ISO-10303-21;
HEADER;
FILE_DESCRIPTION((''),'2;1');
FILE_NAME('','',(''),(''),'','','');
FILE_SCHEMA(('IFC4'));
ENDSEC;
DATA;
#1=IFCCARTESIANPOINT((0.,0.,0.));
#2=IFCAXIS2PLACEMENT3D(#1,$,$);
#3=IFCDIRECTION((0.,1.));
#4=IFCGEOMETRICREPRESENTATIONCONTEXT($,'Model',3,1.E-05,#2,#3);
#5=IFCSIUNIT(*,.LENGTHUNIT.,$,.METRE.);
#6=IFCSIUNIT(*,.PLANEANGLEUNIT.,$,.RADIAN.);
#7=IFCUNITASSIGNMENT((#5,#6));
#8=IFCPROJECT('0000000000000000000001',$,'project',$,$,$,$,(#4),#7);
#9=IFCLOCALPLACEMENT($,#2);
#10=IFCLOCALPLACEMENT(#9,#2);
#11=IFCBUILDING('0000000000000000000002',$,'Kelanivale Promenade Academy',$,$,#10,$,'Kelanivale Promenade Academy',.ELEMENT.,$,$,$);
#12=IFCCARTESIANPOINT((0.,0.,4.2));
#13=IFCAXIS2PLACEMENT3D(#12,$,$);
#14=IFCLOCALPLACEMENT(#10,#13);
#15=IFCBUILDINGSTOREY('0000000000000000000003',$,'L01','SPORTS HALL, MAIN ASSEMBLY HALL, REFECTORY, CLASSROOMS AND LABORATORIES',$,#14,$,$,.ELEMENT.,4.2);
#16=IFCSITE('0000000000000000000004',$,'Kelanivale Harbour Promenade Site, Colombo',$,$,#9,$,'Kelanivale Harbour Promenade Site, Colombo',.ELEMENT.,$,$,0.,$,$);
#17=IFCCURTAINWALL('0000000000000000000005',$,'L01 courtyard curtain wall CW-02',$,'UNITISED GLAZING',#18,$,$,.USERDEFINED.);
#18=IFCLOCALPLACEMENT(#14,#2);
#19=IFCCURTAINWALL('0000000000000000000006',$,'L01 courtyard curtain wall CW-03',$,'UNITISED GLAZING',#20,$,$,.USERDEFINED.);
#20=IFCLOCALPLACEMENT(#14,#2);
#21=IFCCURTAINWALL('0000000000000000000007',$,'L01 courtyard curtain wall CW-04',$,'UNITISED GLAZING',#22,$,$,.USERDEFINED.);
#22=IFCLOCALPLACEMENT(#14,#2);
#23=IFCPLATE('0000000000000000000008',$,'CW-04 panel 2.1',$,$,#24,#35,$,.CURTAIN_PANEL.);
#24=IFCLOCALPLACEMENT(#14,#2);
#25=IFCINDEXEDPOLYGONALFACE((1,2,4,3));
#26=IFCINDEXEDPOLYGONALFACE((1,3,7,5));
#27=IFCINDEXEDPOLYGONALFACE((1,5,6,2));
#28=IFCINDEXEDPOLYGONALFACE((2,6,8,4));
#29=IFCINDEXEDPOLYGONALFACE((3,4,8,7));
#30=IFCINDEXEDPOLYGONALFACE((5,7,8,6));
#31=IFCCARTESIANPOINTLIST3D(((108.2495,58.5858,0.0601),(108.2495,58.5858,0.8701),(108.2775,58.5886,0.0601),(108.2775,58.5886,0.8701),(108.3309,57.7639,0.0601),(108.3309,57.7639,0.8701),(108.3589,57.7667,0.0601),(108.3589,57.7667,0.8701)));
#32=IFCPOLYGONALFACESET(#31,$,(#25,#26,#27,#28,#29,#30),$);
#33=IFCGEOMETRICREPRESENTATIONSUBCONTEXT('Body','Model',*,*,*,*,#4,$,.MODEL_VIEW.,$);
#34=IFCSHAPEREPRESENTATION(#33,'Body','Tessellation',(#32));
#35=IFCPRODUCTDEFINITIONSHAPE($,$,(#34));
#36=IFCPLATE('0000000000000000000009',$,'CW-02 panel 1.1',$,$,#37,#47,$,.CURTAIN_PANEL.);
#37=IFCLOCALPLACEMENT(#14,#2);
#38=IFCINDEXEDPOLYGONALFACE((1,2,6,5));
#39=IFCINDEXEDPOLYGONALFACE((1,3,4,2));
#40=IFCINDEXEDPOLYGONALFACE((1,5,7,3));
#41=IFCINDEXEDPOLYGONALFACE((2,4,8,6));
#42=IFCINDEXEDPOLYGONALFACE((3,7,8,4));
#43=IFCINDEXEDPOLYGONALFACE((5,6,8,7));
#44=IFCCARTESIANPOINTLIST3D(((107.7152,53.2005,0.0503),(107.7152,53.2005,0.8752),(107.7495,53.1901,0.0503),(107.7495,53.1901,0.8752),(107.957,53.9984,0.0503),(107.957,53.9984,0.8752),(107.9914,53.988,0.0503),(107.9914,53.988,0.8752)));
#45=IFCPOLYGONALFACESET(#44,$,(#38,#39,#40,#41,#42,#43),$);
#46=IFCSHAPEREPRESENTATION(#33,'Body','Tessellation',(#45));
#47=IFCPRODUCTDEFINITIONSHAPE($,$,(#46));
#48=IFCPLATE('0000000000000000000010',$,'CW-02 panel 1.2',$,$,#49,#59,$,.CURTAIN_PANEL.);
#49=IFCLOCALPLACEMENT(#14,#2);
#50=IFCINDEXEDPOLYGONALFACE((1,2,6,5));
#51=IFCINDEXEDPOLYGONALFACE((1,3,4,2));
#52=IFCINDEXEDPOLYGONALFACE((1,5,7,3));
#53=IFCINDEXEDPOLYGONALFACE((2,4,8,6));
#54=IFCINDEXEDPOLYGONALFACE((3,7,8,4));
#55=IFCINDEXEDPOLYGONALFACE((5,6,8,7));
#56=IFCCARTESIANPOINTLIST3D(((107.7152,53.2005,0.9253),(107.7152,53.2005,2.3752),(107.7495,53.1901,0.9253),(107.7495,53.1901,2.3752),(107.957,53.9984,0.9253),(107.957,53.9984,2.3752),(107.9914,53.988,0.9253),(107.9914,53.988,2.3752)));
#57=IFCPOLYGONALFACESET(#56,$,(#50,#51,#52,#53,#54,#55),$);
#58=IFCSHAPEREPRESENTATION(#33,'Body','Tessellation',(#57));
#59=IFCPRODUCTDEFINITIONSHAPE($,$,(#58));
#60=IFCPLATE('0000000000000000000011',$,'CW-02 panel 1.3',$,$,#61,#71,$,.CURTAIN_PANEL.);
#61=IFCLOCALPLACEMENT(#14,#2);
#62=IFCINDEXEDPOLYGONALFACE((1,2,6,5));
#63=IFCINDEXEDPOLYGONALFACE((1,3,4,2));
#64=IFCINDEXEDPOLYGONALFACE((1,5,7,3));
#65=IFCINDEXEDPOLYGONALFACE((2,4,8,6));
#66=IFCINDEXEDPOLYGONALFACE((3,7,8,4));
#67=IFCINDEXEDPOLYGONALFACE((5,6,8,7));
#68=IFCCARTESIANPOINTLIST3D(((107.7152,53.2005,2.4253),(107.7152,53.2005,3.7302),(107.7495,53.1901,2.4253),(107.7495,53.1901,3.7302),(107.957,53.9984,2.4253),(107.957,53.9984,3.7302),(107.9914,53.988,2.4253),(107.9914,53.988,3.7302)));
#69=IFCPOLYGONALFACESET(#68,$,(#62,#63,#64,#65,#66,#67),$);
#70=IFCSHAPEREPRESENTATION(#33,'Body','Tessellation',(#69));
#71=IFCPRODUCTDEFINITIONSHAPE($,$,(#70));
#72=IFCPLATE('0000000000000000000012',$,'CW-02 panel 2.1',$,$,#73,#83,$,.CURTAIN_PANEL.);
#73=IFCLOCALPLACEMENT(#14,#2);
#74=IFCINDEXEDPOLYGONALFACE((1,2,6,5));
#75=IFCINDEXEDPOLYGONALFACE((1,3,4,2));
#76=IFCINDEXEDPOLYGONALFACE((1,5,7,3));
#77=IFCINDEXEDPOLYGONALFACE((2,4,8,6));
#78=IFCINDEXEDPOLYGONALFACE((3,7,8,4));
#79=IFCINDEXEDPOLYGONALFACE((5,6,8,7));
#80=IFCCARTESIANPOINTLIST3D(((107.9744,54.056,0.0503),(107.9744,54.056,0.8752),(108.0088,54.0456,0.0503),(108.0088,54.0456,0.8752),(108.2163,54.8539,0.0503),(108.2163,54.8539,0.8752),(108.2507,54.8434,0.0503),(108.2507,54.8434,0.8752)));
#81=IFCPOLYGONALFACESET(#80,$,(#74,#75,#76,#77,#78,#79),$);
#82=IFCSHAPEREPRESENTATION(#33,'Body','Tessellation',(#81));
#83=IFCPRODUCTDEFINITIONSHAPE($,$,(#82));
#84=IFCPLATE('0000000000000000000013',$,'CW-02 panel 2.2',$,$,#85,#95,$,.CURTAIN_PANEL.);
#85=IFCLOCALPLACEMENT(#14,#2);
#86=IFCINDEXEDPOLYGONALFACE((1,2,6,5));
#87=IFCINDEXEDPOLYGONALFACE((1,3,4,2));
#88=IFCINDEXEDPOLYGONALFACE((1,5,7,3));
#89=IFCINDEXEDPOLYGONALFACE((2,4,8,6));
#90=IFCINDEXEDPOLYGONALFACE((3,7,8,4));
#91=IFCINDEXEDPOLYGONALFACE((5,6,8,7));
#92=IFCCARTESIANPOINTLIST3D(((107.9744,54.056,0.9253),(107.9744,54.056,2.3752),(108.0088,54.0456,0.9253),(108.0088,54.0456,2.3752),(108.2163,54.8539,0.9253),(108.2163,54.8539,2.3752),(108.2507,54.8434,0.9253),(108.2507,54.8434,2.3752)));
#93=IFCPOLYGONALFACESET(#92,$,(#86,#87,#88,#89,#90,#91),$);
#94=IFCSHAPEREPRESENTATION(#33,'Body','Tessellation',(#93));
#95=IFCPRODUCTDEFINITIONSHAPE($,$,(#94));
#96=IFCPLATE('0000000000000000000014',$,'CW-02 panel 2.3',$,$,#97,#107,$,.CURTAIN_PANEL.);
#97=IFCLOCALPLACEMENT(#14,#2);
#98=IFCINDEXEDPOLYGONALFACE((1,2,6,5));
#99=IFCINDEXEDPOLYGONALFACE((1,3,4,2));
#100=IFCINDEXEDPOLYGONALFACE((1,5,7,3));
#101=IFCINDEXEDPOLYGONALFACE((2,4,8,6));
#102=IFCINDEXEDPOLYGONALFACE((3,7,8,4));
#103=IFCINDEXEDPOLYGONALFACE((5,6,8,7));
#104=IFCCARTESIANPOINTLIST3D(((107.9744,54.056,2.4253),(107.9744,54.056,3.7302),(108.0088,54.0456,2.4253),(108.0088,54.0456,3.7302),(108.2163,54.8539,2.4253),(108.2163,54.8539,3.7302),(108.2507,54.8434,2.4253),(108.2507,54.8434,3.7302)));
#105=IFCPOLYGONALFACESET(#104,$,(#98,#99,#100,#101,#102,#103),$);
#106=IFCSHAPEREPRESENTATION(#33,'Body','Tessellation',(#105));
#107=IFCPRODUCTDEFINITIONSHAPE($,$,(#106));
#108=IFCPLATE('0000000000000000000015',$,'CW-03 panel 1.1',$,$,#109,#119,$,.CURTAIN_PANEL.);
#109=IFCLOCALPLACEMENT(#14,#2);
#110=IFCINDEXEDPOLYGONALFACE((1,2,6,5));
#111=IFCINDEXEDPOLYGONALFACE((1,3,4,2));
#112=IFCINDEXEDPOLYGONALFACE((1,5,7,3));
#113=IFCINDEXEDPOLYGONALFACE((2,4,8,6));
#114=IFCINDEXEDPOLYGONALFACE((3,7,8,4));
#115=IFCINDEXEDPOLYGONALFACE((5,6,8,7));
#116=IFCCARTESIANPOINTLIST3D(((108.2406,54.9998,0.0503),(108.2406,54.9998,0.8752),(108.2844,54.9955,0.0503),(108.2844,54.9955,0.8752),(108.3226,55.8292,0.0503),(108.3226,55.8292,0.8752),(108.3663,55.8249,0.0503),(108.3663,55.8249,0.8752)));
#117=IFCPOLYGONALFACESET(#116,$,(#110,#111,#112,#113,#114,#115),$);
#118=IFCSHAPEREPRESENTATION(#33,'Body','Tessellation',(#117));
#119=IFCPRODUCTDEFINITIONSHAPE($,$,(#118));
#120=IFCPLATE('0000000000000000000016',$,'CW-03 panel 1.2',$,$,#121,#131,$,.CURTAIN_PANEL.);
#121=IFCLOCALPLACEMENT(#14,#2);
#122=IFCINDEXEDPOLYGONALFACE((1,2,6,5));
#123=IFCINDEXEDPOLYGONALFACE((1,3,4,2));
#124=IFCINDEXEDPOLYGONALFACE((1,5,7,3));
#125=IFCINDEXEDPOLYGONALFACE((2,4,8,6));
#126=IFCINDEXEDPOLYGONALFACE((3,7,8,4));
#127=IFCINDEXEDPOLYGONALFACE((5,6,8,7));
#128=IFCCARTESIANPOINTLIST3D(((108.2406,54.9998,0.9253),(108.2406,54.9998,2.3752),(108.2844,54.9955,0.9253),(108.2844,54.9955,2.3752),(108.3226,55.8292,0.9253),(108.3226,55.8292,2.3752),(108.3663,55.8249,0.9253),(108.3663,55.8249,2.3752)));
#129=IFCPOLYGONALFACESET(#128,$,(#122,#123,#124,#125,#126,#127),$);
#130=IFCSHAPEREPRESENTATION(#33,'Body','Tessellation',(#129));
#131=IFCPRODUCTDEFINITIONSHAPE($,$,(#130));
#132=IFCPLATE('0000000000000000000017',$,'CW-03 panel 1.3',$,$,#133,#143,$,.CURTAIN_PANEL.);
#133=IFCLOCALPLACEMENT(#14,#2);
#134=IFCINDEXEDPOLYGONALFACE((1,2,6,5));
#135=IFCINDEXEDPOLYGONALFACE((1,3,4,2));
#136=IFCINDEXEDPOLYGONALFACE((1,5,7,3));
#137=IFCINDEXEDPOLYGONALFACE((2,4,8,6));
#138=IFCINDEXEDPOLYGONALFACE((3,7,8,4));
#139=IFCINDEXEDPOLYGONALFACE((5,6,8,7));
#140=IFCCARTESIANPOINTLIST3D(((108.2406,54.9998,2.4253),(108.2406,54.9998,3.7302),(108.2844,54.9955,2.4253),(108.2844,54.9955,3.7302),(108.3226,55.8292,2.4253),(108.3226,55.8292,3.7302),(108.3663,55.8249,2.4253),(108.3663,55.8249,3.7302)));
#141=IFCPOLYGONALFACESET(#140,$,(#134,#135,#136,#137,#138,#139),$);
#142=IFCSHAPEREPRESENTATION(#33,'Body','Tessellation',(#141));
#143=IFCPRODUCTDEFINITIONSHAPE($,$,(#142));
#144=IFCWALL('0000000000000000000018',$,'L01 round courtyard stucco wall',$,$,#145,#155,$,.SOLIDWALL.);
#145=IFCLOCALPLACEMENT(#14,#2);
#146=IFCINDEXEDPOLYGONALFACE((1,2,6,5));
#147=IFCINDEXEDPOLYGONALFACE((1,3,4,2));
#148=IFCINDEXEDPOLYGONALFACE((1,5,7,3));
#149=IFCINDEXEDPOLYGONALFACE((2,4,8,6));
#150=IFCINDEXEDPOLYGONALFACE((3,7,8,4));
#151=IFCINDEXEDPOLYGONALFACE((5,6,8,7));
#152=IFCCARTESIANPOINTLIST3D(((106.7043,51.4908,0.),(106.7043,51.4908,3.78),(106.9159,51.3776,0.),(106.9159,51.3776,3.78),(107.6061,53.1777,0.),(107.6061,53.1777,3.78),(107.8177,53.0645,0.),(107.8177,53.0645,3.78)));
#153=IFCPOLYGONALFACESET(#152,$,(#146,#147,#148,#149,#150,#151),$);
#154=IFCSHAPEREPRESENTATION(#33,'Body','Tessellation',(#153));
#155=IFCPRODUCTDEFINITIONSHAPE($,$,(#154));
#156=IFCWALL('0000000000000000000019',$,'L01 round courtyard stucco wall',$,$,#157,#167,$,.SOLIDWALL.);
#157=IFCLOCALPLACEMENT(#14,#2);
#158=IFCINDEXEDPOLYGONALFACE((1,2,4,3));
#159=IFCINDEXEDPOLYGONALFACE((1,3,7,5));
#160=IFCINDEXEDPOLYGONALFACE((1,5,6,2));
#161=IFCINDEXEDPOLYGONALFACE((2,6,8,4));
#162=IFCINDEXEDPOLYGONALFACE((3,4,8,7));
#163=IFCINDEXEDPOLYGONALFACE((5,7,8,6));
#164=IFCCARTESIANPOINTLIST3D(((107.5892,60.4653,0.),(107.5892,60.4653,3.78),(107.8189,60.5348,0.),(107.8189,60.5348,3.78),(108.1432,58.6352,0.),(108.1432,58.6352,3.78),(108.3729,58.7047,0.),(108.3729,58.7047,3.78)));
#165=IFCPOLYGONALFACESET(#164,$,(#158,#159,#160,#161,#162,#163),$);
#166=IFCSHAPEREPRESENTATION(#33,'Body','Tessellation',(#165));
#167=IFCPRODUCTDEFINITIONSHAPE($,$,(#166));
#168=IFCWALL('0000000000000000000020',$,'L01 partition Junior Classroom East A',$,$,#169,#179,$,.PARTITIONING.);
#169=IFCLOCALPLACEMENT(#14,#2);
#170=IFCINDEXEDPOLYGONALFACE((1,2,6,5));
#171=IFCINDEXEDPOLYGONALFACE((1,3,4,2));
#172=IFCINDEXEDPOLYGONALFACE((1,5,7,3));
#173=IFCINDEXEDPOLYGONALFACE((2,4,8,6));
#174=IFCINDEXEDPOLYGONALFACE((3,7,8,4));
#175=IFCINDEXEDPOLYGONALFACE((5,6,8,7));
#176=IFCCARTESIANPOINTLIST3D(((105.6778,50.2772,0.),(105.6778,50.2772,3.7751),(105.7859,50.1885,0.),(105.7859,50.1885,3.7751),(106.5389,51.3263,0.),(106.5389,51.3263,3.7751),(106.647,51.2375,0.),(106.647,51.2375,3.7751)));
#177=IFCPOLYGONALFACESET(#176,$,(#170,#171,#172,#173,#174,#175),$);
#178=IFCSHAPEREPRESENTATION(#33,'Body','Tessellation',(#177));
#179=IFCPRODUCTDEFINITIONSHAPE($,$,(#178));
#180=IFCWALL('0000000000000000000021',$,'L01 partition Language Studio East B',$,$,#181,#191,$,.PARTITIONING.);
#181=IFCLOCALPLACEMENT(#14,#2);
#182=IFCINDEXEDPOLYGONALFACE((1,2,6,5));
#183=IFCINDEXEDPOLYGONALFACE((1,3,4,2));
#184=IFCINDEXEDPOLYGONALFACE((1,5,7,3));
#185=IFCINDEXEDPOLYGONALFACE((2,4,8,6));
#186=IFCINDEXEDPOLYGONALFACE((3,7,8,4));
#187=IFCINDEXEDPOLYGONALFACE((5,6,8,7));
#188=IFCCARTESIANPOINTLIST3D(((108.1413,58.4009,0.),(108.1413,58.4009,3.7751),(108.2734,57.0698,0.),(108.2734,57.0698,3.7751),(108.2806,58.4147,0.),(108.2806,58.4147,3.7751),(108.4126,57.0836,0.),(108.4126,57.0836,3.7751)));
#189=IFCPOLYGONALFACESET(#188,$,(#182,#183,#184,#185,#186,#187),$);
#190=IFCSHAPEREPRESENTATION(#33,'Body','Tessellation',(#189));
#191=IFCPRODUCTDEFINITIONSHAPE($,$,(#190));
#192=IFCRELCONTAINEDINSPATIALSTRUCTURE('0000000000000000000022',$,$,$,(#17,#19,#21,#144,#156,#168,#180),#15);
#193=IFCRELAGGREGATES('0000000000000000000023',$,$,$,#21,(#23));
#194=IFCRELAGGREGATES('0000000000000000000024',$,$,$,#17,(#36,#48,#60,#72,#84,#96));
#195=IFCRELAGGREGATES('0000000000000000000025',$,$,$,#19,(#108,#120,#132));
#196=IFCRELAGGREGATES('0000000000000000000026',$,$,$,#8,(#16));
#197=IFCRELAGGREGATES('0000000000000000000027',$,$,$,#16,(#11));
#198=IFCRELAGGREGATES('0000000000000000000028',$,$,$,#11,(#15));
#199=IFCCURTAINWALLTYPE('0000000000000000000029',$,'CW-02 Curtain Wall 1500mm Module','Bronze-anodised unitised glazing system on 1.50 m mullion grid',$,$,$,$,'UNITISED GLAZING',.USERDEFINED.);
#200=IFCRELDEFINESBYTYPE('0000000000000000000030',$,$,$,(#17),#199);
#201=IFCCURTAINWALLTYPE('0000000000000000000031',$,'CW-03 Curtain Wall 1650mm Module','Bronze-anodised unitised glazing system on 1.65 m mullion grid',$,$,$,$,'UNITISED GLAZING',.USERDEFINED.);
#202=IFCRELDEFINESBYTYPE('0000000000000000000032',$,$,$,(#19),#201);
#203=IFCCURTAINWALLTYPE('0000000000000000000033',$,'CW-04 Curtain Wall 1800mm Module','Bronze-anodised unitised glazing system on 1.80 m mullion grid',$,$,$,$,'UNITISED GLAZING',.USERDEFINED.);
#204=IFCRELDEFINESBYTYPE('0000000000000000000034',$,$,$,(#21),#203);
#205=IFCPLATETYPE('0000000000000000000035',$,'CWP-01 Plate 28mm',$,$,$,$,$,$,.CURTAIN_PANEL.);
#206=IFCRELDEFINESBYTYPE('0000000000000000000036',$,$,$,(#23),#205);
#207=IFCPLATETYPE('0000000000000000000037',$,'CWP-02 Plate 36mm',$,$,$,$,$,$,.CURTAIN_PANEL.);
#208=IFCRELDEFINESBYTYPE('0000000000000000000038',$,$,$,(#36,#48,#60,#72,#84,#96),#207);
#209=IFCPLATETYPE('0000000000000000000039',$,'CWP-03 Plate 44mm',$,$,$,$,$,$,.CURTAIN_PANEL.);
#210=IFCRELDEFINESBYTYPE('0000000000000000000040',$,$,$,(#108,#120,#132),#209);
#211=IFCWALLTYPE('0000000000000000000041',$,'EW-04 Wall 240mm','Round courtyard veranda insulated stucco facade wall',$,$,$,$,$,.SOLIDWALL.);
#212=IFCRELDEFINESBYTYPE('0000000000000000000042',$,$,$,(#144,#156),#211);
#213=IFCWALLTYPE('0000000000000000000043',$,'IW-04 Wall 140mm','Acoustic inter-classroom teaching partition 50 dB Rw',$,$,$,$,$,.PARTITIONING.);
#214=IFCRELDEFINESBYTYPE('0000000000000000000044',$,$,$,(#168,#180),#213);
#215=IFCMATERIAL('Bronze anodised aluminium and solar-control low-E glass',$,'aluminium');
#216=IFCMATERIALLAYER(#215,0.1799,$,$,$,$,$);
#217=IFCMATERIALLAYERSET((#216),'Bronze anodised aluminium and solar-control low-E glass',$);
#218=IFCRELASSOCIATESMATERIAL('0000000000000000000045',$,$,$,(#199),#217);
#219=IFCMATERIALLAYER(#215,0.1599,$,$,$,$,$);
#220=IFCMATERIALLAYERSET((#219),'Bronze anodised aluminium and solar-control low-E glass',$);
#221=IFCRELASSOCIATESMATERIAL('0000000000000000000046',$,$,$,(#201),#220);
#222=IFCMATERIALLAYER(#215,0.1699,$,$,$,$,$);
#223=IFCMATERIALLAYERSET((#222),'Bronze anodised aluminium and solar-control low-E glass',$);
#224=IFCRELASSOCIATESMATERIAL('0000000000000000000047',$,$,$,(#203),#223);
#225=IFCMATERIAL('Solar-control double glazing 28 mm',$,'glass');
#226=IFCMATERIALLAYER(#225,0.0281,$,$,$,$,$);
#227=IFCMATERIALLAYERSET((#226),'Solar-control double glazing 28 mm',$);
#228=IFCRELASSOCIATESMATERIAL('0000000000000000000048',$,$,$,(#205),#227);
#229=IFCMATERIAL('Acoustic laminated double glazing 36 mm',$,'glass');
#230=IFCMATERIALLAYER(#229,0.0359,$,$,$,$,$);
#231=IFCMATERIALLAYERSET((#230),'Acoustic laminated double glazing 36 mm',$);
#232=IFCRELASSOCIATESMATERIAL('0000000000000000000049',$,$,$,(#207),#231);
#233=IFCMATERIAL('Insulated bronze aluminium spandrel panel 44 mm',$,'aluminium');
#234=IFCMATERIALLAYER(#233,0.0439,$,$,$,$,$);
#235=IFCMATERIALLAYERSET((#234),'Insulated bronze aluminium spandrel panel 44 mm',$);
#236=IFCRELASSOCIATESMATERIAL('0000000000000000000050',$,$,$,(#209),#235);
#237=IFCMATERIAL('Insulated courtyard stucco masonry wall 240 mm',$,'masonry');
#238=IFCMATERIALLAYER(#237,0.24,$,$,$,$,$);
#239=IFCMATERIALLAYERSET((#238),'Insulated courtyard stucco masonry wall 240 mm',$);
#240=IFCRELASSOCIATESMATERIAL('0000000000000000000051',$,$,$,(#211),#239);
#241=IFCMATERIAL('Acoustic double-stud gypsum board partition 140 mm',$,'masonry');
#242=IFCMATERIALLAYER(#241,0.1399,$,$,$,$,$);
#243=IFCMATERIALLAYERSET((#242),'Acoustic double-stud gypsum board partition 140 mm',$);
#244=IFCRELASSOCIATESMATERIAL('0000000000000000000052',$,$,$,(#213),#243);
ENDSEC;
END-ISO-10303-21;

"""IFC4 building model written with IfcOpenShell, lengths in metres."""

from ifc_helpers import new_model, si_unit, direction, frame, frame_2d, origin, origin_2d, place, context, subcontext, project, spatial, rectangle, extrude, material, layer, layer_set, type_object, element, aggregate, save


model = new_model("IFC4")

# Units and contexts
model_context = context("Model", 3, precision=1e-05, world=origin(), true_north=direction((0.0, 1.0)))
body_context = subcontext(model_context, "Body", "Model", "MODEL_VIEW")
ifc_project = project(units=[si_unit("LENGTHUNIT", "METRE"), si_unit("PLANEANGLEUNIT", "RADIAN")], contexts=[model_context])

# Site, building, storey
site_placement = place(None, origin())
site = spatial("IfcSite", under=ifc_project, at=site_placement, Name="Kelanivale Harbour Promenade Site, Colombo", LongName="Kelanivale Harbour Promenade Site, Colombo", CompositionType="ELEMENT", RefElevation=0.0)
building_placement = place(site_placement, origin())
building = spatial("IfcBuilding", under=site, at=building_placement, Name="Kelanivale Promenade Academy", LongName="Kelanivale Promenade Academy", CompositionType="ELEMENT")
storey_placement = place(building_placement, frame((0.0, 0.0, 4.2)))
storey = spatial("IfcBuildingStorey", under=building, at=storey_placement, Name="L01", Description="SPORTS HALL, MAIN ASSEMBLY HALL, REFECTORY, CLASSROOMS AND LABORATORIES", CompositionType="ELEMENT", Elevation=4.2)

# Shared definitions
ifc_material_1 = material(Name="Bronze anodised aluminium and solar-control low-E glass", Category="aluminium")

# Curtain wall
ifc_layer_1 = layer(ifc_material_1, 0.1799)
ifc_layer_set_1 = layer_set([ifc_layer_1], Name="Bronze anodised aluminium and solar-control low-E glass")
curtain_wall_type_1 = type_object("IfcCurtainWallType", Name="CW-02 Curtain Wall 1500mm Module", Description="Bronze-anodised unitised glazing system on 1.50 m mullion grid", ElementType="UNITISED GLAZING", PredefinedType="USERDEFINED", material=ifc_layer_set_1)
curtain_wall_1_placement = place(storey_placement, origin())
curtain_wall_1 = element("IfcCurtainWall", 1, at=curtain_wall_1_placement, inside=storey, type_object=curtain_wall_type_1, Name="L01 courtyard curtain wall CW-02", ObjectType="UNITISED GLAZING", PredefinedType="USERDEFINED")

# Curtain walls
ifc_layer_2 = layer(ifc_material_1, 0.1599)
ifc_layer_set_2 = layer_set([ifc_layer_2], Name="Bronze anodised aluminium and solar-control low-E glass")
curtain_wall_type_2 = type_object("IfcCurtainWallType", Name="CW-03 Curtain Wall 1650mm Module", Description="Bronze-anodised unitised glazing system on 1.65 m mullion grid", ElementType="UNITISED GLAZING", PredefinedType="USERDEFINED", material=ifc_layer_set_2)
curtain_wall_2_placement = place(storey_placement, origin())
curtain_wall_2 = element("IfcCurtainWall", 2, at=curtain_wall_2_placement, inside=storey, type_object=curtain_wall_type_2, Name="L01 courtyard curtain wall CW-03", ObjectType="UNITISED GLAZING", PredefinedType="USERDEFINED")
ifc_layer_3 = layer(ifc_material_1, 0.1699)
ifc_layer_set_3 = layer_set([ifc_layer_3], Name="Bronze anodised aluminium and solar-control low-E glass")
curtain_wall_type_3 = type_object("IfcCurtainWallType", Name="CW-04 Curtain Wall 1800mm Module", Description="Bronze-anodised unitised glazing system on 1.80 m mullion grid", ElementType="UNITISED GLAZING", PredefinedType="USERDEFINED", material=ifc_layer_set_3)
curtain_wall_3_placement = place(storey_placement, origin())
curtain_wall_3 = element("IfcCurtainWall", 3, at=curtain_wall_3_placement, inside=storey, type_object=curtain_wall_type_3, Name="L01 courtyard curtain wall CW-04", ObjectType="UNITISED GLAZING", PredefinedType="USERDEFINED")

# Plates
ifc_material_2 = material(Name="Solar-control double glazing 28 mm", Category="glass")
ifc_layer_4 = layer(ifc_material_2, 0.0281)
ifc_layer_set_4 = layer_set([ifc_layer_4], Name="Solar-control double glazing 28 mm")
plate_type_1 = type_object("IfcPlateType", Name="CWP-01 Plate 28mm", PredefinedType="CURTAIN_PANEL", material=ifc_layer_set_4)
plate_1_placement = place(storey_placement, frame((108.3042, 58.1763, 0.0601), z_axis=(0.0, 0.0, 1.0), x_axis=(-0.098539, 0.995133, 0.0)))
plate_1 = element("IfcPlate", 4, at=plate_1_placement, type_object=plate_type_1, Name="CW-04 panel 2.1", PredefinedType="CURTAIN_PANEL", context=body_context, shape_type="SweptSolid", body=[
    extrude(rectangle(XDim=0.8259, YDim=0.0281, at=origin_2d()), origin(), (0.0, 0.0, 1.0), 0.8101),
])
aggregate(curtain_wall_3, [plate_1])
ifc_material_3 = material(Name="Acoustic laminated double glazing 36 mm", Category="glass")
ifc_layer_5 = layer(ifc_material_3, 0.0359)
ifc_layer_set_5 = layer_set([ifc_layer_5], Name="Acoustic laminated double glazing 36 mm")
plate_type_2 = type_object("IfcPlateType", Name="CWP-02 Plate 36mm", PredefinedType="CURTAIN_PANEL", material=ifc_layer_set_5)
plate_2_placement = place(storey_placement, frame((107.8533, 53.5942, 0.0503), z_axis=(0.0, 0.0, 1.0), x_axis=(0.290128, 0.956988, 0.0)))
plate_2 = element("IfcPlate", 5, at=plate_2_placement, type_object=plate_type_2, Name="CW-02 panel 1.1", PredefinedType="CURTAIN_PANEL", context=body_context, shape_type="SweptSolid", body=[
    extrude(rectangle(XDim=0.8337, YDim=0.0359, at=origin_2d()), origin(), (0.0, 0.0, 1.0), 0.825),
])
plate_3_placement = place(storey_placement, frame((107.8533, 53.5942, 0.9253), z_axis=(0.0, 0.0, 1.0), x_axis=(0.290128, 0.956988, 0.0)))
plate_3 = element("IfcPlate", 6, at=plate_3_placement, type_object=plate_type_2, Name="CW-02 panel 1.2", PredefinedType="CURTAIN_PANEL", context=body_context, shape_type="SweptSolid", body=[
    extrude(rectangle(XDim=0.8337, YDim=0.0359, at=origin_2d()), origin(), (0.0, 0.0, 1.0), 1.45),
])
plate_4_placement = place(storey_placement, frame((107.8533, 53.5942, 2.4253), z_axis=(0.0, 0.0, 1.0), x_axis=(0.290128, 0.956988, 0.0)))
plate_4 = element("IfcPlate", 7, at=plate_4_placement, type_object=plate_type_2, Name="CW-02 panel 1.3", PredefinedType="CURTAIN_PANEL", context=body_context, shape_type="SweptSolid", body=[
    extrude(rectangle(XDim=0.8337, YDim=0.0359, at=origin_2d()), origin(), (0.0, 0.0, 1.0), 1.3049),
])
plate_5_placement = place(storey_placement, frame((108.1125, 54.4497, 0.0503), z_axis=(0.0, 0.0, 1.0), x_axis=(0.290128, 0.956988, 0.0)))
plate_5 = element("IfcPlate", 8, at=plate_5_placement, type_object=plate_type_2, Name="CW-02 panel 2.1", PredefinedType="CURTAIN_PANEL", context=body_context, shape_type="SweptSolid", body=[
    extrude(rectangle(XDim=0.8337, YDim=0.0359, at=origin_2d()), origin(), (0.0, 0.0, 1.0), 0.825),
])
plate_6_placement = place(storey_placement, frame((108.1125, 54.4497, 0.9253), z_axis=(0.0, 0.0, 1.0), x_axis=(0.290128, 0.956988, 0.0)))
plate_6 = element("IfcPlate", 9, at=plate_6_placement, type_object=plate_type_2, Name="CW-02 panel 2.2", PredefinedType="CURTAIN_PANEL", context=body_context, shape_type="SweptSolid", body=[
    extrude(rectangle(XDim=0.8337, YDim=0.0359, at=origin_2d()), origin(), (0.0, 0.0, 1.0), 1.45),
])
plate_7_placement = place(storey_placement, frame((108.1125, 54.4497, 2.4253), z_axis=(0.0, 0.0, 1.0), x_axis=(0.290128, 0.956988, 0.0)))
plate_7 = element("IfcPlate", 10, at=plate_7_placement, type_object=plate_type_2, Name="CW-02 panel 2.3", PredefinedType="CURTAIN_PANEL", context=body_context, shape_type="SweptSolid", body=[
    extrude(rectangle(XDim=0.8337, YDim=0.0359, at=origin_2d()), origin(), (0.0, 0.0, 1.0), 1.3049),
])
aggregate(curtain_wall_1, [plate_2, plate_3, plate_4, plate_5, plate_6, plate_7])
ifc_material_4 = material(Name="Insulated bronze aluminium spandrel panel 44 mm", Category="aluminium")
ifc_layer_6 = layer(ifc_material_4, 0.0439)
ifc_layer_set_6 = layer_set([ifc_layer_6], Name="Insulated bronze aluminium spandrel panel 44 mm")
plate_type_3 = type_object("IfcPlateType", Name="CWP-03 Plate 44mm", PredefinedType="CURTAIN_PANEL", material=ifc_layer_set_6)
plate_8_placement = place(storey_placement, frame((108.3035, 55.4124, 0.0503), z_axis=(0.0, 0.0, 1.0), x_axis=(0.098281, 0.995159, 0.0)))
plate_8 = element("IfcPlate", 11, at=plate_8_placement, type_object=plate_type_3, Name="CW-03 panel 1.1", PredefinedType="CURTAIN_PANEL", context=body_context, shape_type="SweptSolid", body=[
    extrude(rectangle(XDim=0.8335, YDim=0.0439, at=origin_2d()), origin(), (0.0, 0.0, 1.0), 0.825),
])
plate_9_placement = place(storey_placement, frame((108.3035, 55.4124, 0.9253), z_axis=(0.0, 0.0, 1.0), x_axis=(0.098281, 0.995159, 0.0)))
plate_9 = element("IfcPlate", 12, at=plate_9_placement, type_object=plate_type_3, Name="CW-03 panel 1.2", PredefinedType="CURTAIN_PANEL", context=body_context, shape_type="SweptSolid", body=[
    extrude(rectangle(XDim=0.8335, YDim=0.0439, at=origin_2d()), origin(), (0.0, 0.0, 1.0), 1.45),
])
plate_10_placement = place(storey_placement, frame((108.3035, 55.4124, 2.4253), z_axis=(0.0, 0.0, 1.0), x_axis=(0.098281, 0.995159, 0.0)))
plate_10 = element("IfcPlate", 13, at=plate_10_placement, type_object=plate_type_3, Name="CW-03 panel 1.3", PredefinedType="CURTAIN_PANEL", context=body_context, shape_type="SweptSolid", body=[
    extrude(rectangle(XDim=0.8335, YDim=0.0439, at=origin_2d()), origin(), (0.0, 0.0, 1.0), 1.3049),
])
aggregate(curtain_wall_2, [plate_8, plate_9, plate_10])

# Walls
ifc_material_5 = material(Name="Insulated courtyard stucco masonry wall 240 mm", Category="masonry")
ifc_layer_7 = layer(ifc_material_5, 0.24)
ifc_layer_set_7 = layer_set([ifc_layer_7], Name="Insulated courtyard stucco masonry wall 240 mm")
wall_type_1 = type_object("IfcWallType", Name="EW-04 Wall 240mm", Description="Round courtyard veranda insulated stucco facade wall", PredefinedType="SOLIDWALL", material=ifc_layer_set_7)
wall_1_placement = place(storey_placement, frame((106.8101, 51.4341, 0.0), z_axis=(0.0, 0.0, 1.0), x_axis=(0.471449, 0.881893, 0.0)))
element("IfcWall", 14, at=wall_1_placement, inside=storey, type_object=wall_type_1, Name="L01 round courtyard stucco wall", PredefinedType="SOLIDWALL", context=body_context, shape_type="SweptSolid", body=[
    extrude(rectangle(XDim=1.9128, YDim=0.24, at=frame_2d((0.9565, 0.0))), origin(), (0.0, 0.0, 1.0), 3.78),
])
wall_2_placement = place(storey_placement, frame((108.2581, 58.6699, 0.0), z_axis=(0.0, 0.0, 1.0), x_axis=(-0.289713, 0.957113, 0.0)))
element("IfcWall", 15, at=wall_2_placement, inside=storey, type_object=wall_type_1, Name="L01 round courtyard stucco wall", PredefinedType="SOLIDWALL", context=body_context, shape_type="SweptSolid", body=[
    extrude(rectangle(XDim=1.9121, YDim=0.24, at=frame_2d((0.9561, 0.0))), origin(), (0.0, 0.0, 1.0), 3.78),
])
ifc_material_6 = material(Name="Acoustic double-stud gypsum board partition 140 mm", Category="masonry")
ifc_layer_8 = layer(ifc_material_6, 0.1399)
ifc_layer_set_8 = layer_set([ifc_layer_8], Name="Acoustic double-stud gypsum board partition 140 mm")
wall_type_2 = type_object("IfcWallType", Name="IW-04 Wall 140mm", Description="Acoustic inter-classroom teaching partition 50 dB Rw", PredefinedType="PARTITIONING", material=ifc_layer_set_8)
wall_3_placement = place(storey_placement, frame((106.593, 51.282, 0.0), z_axis=(0.0, 0.0, 1.0), x_axis=(-0.634452, -0.772963, 0.0)))
element("IfcWall", 16, at=wall_3_placement, inside=storey, type_object=wall_type_2, Name="L01 partition Junior Classroom East A", PredefinedType="PARTITIONING", context=body_context, shape_type="SweptSolid", body=[
    extrude(rectangle(XDim=1.3572, YDim=0.1399, at=frame_2d((0.6787, 0.0))), origin(), (0.0, 0.0, 1.0), 3.7751),
])
wall_4_placement = place(storey_placement, frame((108.2109, 58.408, 0.0), z_axis=(0.0, 0.0, 1.0), x_axis=(0.098745, -0.995113, 0.0)))
element("IfcWall", 17, at=wall_4_placement, inside=storey, type_object=wall_type_2, Name="L01 partition Language Studio East B", PredefinedType="PARTITIONING", context=body_context, shape_type="SweptSolid", body=[
    extrude(rectangle(XDim=1.3376, YDim=0.1399, at=frame_2d((0.6689, 0.0))), origin(), (0.0, 0.0, 1.0), 3.7751),
])

save(model, "model.ifc")
